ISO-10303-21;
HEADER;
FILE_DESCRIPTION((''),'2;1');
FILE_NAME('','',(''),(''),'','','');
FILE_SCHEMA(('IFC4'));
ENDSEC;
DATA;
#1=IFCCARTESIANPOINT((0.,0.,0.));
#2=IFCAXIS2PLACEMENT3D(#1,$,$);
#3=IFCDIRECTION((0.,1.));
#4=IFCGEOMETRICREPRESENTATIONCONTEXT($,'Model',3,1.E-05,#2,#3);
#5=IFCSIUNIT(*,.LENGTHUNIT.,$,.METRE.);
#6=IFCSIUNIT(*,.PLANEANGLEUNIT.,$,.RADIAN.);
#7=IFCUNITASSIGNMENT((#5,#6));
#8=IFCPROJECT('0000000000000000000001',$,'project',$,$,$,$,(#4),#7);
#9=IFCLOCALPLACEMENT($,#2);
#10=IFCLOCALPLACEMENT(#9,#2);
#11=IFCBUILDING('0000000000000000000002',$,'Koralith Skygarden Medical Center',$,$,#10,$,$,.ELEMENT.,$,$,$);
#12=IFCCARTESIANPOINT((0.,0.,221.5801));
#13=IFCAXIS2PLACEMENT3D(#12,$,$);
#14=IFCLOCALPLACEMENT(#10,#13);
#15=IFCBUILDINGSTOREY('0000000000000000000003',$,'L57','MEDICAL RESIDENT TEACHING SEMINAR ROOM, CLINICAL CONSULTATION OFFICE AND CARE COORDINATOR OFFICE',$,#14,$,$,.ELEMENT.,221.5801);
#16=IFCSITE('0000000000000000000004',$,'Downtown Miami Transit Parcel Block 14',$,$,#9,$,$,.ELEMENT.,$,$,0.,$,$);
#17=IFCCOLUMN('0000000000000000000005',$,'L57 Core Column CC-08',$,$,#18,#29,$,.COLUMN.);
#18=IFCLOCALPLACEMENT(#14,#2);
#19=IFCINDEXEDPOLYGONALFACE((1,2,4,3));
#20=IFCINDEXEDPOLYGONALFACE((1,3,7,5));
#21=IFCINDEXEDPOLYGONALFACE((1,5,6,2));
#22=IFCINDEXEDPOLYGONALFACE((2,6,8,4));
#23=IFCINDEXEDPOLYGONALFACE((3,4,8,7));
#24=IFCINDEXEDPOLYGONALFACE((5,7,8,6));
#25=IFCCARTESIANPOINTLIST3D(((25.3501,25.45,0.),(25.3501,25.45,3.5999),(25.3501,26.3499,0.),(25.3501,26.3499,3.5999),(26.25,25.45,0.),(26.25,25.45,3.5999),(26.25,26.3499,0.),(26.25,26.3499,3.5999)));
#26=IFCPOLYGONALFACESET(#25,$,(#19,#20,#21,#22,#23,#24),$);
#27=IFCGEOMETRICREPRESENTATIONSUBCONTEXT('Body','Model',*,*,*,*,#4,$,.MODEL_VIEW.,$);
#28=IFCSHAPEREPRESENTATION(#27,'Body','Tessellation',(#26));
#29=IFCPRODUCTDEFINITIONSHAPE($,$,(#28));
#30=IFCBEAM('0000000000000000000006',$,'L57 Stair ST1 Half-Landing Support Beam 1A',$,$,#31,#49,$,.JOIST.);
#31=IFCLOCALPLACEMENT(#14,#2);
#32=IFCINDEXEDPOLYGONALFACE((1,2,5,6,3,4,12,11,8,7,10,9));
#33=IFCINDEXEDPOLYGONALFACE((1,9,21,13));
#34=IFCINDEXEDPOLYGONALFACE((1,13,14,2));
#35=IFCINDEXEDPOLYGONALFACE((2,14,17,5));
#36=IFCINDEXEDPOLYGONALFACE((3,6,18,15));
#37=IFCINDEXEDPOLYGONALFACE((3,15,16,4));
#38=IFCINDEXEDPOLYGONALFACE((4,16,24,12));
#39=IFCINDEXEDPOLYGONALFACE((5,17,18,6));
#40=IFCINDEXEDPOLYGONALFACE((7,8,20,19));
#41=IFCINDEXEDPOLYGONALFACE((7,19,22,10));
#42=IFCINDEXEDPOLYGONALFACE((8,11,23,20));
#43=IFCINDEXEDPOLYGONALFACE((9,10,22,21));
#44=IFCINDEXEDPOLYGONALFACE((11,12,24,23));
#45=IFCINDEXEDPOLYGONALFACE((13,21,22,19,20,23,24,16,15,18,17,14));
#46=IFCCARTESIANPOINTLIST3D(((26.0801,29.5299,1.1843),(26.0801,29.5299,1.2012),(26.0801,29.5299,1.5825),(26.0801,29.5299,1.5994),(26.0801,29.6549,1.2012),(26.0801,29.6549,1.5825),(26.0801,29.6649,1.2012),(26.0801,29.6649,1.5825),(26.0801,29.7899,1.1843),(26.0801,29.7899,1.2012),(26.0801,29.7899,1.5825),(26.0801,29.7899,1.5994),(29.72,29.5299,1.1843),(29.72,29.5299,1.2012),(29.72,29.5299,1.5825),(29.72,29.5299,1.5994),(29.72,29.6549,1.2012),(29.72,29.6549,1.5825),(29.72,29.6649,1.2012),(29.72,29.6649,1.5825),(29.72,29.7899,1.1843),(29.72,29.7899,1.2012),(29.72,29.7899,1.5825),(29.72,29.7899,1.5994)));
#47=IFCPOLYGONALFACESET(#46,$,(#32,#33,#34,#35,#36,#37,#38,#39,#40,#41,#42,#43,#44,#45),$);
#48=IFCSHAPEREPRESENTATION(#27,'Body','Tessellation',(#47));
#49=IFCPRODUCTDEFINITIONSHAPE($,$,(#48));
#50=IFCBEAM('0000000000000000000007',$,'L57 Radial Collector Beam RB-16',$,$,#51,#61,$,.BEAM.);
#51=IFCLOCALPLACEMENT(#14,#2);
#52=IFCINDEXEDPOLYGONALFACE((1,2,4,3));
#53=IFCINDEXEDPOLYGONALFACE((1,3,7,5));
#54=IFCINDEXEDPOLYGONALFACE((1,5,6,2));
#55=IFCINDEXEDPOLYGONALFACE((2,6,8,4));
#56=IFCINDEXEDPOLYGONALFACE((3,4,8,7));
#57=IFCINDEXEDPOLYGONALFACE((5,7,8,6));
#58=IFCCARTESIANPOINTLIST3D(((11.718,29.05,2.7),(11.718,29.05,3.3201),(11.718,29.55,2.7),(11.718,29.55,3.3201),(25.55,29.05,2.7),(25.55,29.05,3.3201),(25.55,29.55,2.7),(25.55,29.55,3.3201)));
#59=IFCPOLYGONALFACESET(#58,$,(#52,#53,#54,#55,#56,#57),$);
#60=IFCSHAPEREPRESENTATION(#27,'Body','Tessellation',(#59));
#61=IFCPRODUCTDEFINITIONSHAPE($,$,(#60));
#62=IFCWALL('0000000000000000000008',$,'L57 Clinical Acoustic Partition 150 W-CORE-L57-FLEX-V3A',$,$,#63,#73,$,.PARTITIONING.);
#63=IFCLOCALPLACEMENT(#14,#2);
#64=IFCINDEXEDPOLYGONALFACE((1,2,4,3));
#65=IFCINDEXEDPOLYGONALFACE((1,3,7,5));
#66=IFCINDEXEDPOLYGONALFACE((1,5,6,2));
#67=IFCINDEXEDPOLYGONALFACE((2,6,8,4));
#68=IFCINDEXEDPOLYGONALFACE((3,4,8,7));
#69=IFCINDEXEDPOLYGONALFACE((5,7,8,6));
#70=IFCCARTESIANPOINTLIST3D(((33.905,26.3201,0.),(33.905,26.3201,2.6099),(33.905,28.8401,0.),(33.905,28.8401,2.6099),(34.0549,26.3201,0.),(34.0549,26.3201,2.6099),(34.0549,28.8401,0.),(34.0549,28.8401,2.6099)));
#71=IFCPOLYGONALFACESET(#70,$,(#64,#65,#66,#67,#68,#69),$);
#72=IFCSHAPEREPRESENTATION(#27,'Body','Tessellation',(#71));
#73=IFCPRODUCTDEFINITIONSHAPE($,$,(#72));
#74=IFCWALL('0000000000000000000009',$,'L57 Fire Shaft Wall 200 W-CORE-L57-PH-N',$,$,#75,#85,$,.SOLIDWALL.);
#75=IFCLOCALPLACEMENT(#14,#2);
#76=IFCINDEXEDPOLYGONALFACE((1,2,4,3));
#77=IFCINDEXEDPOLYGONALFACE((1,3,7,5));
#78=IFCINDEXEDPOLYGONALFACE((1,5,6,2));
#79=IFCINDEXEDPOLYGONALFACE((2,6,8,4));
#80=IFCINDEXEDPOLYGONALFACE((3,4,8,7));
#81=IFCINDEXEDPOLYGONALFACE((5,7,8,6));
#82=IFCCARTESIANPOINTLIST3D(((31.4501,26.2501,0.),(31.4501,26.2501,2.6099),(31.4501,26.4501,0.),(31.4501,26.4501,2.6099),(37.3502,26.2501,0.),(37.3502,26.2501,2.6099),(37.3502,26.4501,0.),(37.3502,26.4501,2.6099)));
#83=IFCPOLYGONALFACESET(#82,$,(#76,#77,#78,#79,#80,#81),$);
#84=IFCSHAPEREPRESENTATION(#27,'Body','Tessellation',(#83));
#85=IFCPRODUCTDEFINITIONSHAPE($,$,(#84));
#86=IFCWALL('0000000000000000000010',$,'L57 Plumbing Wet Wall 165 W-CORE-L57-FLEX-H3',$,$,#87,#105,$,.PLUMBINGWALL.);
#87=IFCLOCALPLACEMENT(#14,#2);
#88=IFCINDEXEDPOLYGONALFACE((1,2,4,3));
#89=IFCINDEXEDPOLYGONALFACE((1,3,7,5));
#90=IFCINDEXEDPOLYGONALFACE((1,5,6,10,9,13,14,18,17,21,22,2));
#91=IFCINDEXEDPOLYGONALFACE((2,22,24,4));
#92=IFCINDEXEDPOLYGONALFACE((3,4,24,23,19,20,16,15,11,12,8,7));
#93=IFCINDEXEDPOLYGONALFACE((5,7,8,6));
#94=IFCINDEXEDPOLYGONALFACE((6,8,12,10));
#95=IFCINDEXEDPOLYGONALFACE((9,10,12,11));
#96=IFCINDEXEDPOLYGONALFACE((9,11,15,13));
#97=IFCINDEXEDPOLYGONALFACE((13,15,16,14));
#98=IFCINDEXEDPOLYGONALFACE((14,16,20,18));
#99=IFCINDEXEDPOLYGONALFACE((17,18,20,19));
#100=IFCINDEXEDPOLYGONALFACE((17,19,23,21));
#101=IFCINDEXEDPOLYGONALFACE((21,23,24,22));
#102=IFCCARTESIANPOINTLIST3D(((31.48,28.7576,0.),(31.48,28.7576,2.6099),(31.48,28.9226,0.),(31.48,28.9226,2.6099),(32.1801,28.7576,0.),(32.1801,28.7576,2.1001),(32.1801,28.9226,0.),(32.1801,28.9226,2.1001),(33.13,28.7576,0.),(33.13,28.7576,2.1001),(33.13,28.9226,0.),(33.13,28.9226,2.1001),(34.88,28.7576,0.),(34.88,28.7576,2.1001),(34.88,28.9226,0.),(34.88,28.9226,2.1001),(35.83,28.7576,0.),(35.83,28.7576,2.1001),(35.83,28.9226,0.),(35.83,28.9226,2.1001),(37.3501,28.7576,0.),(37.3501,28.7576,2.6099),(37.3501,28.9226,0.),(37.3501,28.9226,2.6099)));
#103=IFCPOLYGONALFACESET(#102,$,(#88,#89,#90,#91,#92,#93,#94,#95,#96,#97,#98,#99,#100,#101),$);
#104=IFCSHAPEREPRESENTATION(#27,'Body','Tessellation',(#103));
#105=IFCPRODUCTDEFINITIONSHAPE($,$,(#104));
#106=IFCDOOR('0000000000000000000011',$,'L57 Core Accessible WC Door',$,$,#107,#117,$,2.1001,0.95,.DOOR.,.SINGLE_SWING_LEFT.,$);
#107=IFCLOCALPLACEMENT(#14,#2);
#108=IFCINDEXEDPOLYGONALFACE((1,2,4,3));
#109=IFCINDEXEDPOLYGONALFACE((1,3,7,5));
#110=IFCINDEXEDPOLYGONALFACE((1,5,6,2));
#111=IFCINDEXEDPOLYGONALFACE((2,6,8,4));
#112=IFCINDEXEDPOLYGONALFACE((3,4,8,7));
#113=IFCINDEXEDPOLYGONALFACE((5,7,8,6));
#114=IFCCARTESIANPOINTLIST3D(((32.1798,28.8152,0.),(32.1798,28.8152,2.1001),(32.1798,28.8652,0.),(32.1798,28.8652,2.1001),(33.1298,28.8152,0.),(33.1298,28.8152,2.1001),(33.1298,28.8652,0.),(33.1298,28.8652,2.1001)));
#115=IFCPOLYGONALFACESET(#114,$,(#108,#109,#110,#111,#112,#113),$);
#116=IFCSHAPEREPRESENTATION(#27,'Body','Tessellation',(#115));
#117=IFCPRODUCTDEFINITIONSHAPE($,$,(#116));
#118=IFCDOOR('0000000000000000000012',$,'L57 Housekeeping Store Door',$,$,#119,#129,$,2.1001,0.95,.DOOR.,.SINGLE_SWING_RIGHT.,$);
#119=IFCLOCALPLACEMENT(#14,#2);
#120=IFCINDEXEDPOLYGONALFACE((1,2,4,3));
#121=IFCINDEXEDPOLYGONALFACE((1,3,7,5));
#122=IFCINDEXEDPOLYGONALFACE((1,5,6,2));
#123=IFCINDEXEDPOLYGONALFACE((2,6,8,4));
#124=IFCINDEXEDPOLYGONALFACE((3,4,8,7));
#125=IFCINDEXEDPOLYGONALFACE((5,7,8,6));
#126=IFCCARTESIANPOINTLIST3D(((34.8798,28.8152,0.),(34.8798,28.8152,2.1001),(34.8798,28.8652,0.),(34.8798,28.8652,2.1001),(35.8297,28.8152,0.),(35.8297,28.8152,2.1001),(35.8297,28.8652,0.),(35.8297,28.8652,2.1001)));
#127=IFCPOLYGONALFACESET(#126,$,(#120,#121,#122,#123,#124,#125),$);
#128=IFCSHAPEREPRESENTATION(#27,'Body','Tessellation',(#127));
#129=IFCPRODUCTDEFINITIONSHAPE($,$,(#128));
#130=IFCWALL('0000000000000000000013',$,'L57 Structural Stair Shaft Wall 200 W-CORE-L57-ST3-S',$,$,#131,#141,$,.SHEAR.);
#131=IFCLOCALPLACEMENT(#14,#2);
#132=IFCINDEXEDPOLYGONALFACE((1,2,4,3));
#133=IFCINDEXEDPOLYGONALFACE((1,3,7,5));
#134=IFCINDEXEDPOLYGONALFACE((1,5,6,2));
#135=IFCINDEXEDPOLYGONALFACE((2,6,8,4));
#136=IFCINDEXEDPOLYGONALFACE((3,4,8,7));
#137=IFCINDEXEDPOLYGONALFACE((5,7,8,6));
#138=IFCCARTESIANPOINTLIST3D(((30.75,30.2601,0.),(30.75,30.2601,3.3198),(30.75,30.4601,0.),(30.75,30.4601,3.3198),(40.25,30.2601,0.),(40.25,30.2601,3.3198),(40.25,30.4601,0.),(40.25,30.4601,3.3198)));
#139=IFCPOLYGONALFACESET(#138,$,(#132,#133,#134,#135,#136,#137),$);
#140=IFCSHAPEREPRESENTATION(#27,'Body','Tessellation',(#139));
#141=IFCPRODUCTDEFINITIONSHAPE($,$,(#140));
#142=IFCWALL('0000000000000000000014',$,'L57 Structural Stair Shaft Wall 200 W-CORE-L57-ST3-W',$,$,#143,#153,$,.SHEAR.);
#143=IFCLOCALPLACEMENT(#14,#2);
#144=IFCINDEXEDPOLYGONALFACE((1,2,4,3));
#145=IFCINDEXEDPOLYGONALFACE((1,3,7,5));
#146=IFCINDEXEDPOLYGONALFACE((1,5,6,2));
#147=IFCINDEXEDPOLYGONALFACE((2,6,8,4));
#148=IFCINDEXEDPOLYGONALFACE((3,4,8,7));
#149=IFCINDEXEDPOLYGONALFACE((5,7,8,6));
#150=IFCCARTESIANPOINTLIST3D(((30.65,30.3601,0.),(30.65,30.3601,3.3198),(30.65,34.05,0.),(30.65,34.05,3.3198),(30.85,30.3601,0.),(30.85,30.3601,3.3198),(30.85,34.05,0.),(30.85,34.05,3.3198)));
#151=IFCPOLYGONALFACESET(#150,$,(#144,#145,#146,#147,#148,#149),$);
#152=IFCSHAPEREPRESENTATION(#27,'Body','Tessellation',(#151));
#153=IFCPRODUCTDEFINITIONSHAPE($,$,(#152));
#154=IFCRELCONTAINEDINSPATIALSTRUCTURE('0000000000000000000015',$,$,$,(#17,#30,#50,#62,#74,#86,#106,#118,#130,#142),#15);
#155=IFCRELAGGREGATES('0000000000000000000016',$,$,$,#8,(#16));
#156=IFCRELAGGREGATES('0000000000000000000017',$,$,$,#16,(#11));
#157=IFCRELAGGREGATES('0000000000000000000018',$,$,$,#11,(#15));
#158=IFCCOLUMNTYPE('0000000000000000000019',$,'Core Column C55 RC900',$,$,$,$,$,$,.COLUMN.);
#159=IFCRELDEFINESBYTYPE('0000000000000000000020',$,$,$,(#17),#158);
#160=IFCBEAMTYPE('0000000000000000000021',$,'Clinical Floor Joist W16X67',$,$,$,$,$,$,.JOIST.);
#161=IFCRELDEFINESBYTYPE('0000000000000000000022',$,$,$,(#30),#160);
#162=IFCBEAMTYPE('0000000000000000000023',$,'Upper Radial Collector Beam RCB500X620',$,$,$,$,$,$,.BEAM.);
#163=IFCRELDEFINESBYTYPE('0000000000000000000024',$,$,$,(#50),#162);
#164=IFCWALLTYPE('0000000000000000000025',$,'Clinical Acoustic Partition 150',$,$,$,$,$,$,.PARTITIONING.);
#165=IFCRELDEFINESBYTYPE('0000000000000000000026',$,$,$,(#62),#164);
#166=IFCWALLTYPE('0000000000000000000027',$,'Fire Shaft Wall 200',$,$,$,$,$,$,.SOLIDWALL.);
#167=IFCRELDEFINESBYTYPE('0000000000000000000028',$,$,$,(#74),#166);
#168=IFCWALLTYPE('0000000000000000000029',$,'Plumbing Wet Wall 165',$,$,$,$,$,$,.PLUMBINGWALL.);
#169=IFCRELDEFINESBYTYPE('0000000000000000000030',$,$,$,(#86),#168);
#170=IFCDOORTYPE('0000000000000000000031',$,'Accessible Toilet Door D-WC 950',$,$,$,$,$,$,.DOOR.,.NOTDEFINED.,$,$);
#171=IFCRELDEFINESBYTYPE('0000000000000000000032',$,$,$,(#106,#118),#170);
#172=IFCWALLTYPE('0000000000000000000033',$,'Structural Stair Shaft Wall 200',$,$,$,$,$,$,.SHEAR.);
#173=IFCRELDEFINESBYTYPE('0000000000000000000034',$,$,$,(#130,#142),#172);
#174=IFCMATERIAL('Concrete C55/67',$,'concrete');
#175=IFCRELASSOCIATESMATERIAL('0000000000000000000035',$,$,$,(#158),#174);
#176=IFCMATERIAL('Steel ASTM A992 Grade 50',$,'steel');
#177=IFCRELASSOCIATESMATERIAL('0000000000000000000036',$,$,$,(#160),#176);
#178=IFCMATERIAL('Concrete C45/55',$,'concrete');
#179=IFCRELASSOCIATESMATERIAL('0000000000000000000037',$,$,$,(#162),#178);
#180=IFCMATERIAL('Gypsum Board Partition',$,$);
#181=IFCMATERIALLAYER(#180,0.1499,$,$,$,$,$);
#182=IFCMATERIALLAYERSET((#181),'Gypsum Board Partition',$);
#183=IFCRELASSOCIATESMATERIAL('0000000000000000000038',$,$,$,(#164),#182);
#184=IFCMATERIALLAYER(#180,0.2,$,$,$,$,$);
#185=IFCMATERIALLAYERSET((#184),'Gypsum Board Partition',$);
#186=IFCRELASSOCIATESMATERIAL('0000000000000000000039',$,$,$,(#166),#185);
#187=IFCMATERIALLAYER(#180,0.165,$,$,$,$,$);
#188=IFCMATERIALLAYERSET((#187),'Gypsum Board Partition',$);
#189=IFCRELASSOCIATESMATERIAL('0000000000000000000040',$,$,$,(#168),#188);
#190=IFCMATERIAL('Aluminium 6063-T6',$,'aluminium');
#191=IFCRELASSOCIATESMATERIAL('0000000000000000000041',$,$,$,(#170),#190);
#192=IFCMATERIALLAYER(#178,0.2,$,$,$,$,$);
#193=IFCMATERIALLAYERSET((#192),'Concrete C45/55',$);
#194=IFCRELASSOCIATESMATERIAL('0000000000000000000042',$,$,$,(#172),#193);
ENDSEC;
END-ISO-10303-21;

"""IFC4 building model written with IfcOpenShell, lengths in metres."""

from ifc_helpers import new_model, si_unit, direction, frame, frame_2d, origin, origin_2d, place, context, subcontext, project, spatial, rectangle, i_section, extrude, material, layer, layer_set, material_profile, profile_set, type_object, element, fill, save


model = new_model("IFC4")

# Units and contexts
model_context = context("Model", 3, precision=1e-05, world=origin(), true_north=direction((0.0, 1.0)))
body_context = subcontext(model_context, "Body", "Model", "MODEL_VIEW")
ifc_project = project(units=[si_unit("LENGTHUNIT", "METRE"), si_unit("PLANEANGLEUNIT", "RADIAN")], contexts=[model_context])

# Site, building, storey
site_placement = place(None, origin())
site = spatial("IfcSite", under=ifc_project, at=site_placement, Name="Downtown Miami Transit Parcel Block 14", CompositionType="ELEMENT", RefElevation=0.0)
building_placement = place(site_placement, origin())
building = spatial("IfcBuilding", under=site, at=building_placement, Name="Koralith Skygarden Medical Center", CompositionType="ELEMENT")
storey_placement = place(building_placement, frame((0.0, 0.0, 221.5801)))
storey = spatial("IfcBuildingStorey", under=building, at=storey_placement, Name="L57", Description="MEDICAL RESIDENT TEACHING SEMINAR ROOM, CLINICAL CONSULTATION OFFICE AND CARE COORDINATOR OFFICE", CompositionType="ELEMENT", Elevation=221.5801)

# Column
ifc_material_1 = material(Name="Concrete C55/67", Category="concrete")
ifc_material_profile_1 = material_profile(ifc_material_1, rectangle(XDim=0.8999, YDim=0.8999, at=origin_2d()), Name="RC900X900")
ifc_profile_set_1 = profile_set([ifc_material_profile_1], Name="Concrete C55/67")
column_type = type_object("IfcColumnType", Name="Core Column C55 RC900", PredefinedType="COLUMN", material=ifc_profile_set_1)
column_placement = place(storey_placement, frame((25.8, 25.8999, 0.0), z_axis=(0.0, 0.0, 1.0), x_axis=(1.0, 0.0, 0.0)))
element("IfcColumn", 1, at=column_placement, inside=storey, type_object=column_type, Name="L57 Core Column CC-08", PredefinedType="COLUMN", context=body_context, shape_type="SweptSolid", body=[
    extrude(rectangle(XDim=0.8999, YDim=0.8999, at=origin_2d()), origin(), (0.0, 0.0, 1.0), 3.5999),
])

# Beams
ifc_material_2 = material(Name="Steel ASTM A992 Grade 50", Category="steel")
ifc_material_profile_2 = material_profile(ifc_material_2, i_section(OverallWidth=0.26, OverallDepth=0.415, WebThickness=0.01, FlangeThickness=0.0168, at=origin_2d()), Name="W16X67")
ifc_profile_set_2 = profile_set([ifc_material_profile_2], Name="Steel ASTM A992 Grade 50")
beam_type_1 = type_object("IfcBeamType", Name="Clinical Floor Joist W16X67", PredefinedType="JOIST", material=ifc_profile_set_2)
beam_1_placement = place(storey_placement, frame((26.0801, 29.6599, 1.3918), z_axis=(1.0, 0.0, 0.0), x_axis=(0.0, 1.0, 0.0)))
element("IfcBeam", 2, at=beam_1_placement, inside=storey, type_object=beam_type_1, Name="L57 Stair ST1 Half-Landing Support Beam 1A", PredefinedType="JOIST", context=body_context, shape_type="SweptSolid", body=[
    extrude(i_section(OverallWidth=0.26, OverallDepth=0.415, WebThickness=0.01, FlangeThickness=0.0168, at=origin_2d()), origin(), (0.0, 0.0, 1.0), 3.6399),
])
ifc_material_3 = material(Name="Concrete C45/55", Category="concrete")
ifc_material_profile_3 = material_profile(ifc_material_3, rectangle(XDim=0.5, YDim=0.6201, at=origin_2d()), Name="RCB500X620")
ifc_profile_set_3 = profile_set([ifc_material_profile_3], Name="Concrete C45/55")
beam_type_2 = type_object("IfcBeamType", Name="Upper Radial Collector Beam RCB500X620", PredefinedType="BEAM", material=ifc_profile_set_3)
beam_2_placement = place(storey_placement, frame((25.55, 29.3, 3.01), z_axis=(-1.0, 0.0, 0.0), x_axis=(0.0, -1.0, 0.0)))
element("IfcBeam", 3, at=beam_2_placement, inside=storey, type_object=beam_type_2, Name="L57 Radial Collector Beam RB-16", PredefinedType="BEAM", context=body_context, shape_type="SweptSolid", body=[
    extrude(rectangle(XDim=0.5, YDim=0.6201, at=origin_2d()), origin(), (0.0, 0.0, 1.0), 13.832),
])

# Walls
ifc_material_4 = material(Name="Gypsum Board Partition")
ifc_layer_1 = layer(ifc_material_4, 0.1499)
ifc_layer_set_1 = layer_set([ifc_layer_1], Name="Gypsum Board Partition")
wall_type_1 = type_object("IfcWallType", Name="Clinical Acoustic Partition 150", PredefinedType="PARTITIONING", material=ifc_layer_set_1)
wall_1_placement = place(storey_placement, frame((33.98, 26.3201, 0.0), z_axis=(0.0, 0.0, 1.0), x_axis=(0.0, 1.0, 0.0)))
element("IfcWall", 4, at=wall_1_placement, inside=storey, type_object=wall_type_1, Name="L57 Clinical Acoustic Partition 150 W-CORE-L57-FLEX-V3A", PredefinedType="PARTITIONING", context=body_context, shape_type="SweptSolid", body=[
    extrude(rectangle(XDim=2.52, YDim=0.1499, at=frame_2d((1.26, 0.0))), origin(), (0.0, 0.0, 1.0), 2.6099),
])
ifc_layer_2 = layer(ifc_material_4, 0.2)
ifc_layer_set_2 = layer_set([ifc_layer_2], Name="Gypsum Board Partition")
wall_type_2 = type_object("IfcWallType", Name="Fire Shaft Wall 200", PredefinedType="SOLIDWALL", material=ifc_layer_set_2)
wall_2_placement = place(storey_placement, frame((31.45, 26.3501, 0.0), z_axis=(0.0, 0.0, 1.0), x_axis=(1.0, 0.0, 0.0)))
element("IfcWall", 5, at=wall_2_placement, inside=storey, type_object=wall_type_2, Name="L57 Fire Shaft Wall 200 W-CORE-L57-PH-N", PredefinedType="SOLIDWALL", context=body_context, shape_type="SweptSolid", body=[
    extrude(rectangle(XDim=5.9001, YDim=0.2, at=frame_2d((2.9502, 0.0))), origin(), (0.0, 0.0, 1.0), 2.6099),
])

# Shared definitions
ifc_layer_3 = layer(ifc_material_4, 0.165)
ifc_layer_set_3 = layer_set([ifc_layer_3], Name="Gypsum Board Partition")
wall_type_3 = type_object("IfcWallType", Name="Plumbing Wet Wall 165", PredefinedType="PLUMBINGWALL", material=ifc_layer_set_3)
ifc_material_5 = material(Name="Aluminium 6063-T6", Category="aluminium")

# Wall, openings, doors
wall_3_placement = place(storey_placement, frame((31.48, 28.8401, 0.0), z_axis=(0.0, 0.0, 1.0), x_axis=(1.0, 0.0, 0.0)))
wall_3 = element("IfcWall", 6, at=wall_3_placement, inside=storey, type_object=wall_type_3, Name="L57 Plumbing Wet Wall 165 W-CORE-L57-FLEX-H3", PredefinedType="PLUMBINGWALL", context=body_context, shape_type="SweptSolid", body=[
    extrude(rectangle(XDim=5.8701, YDim=0.165, at=frame_2d((2.9351, 0.0))), origin(), (0.0, 0.0, 1.0), 2.6099),
])
opening_1_placement = place(wall_3_placement, frame((0.7, 0.0, 0.0)))
opening_1 = element("IfcOpeningElement", 7, at=opening_1_placement, cuts=wall_3, PredefinedType="OPENING", context=body_context, shape_type="SweptSolid", body=[
    extrude(rectangle(XDim=0.95, YDim=2.1001, at=frame_2d((0.4751, 1.05))), frame((0.0, 0.0925, 0.0), z_axis=(0.0, -1.0, 0.0), x_axis=(1.0, 0.0, 0.0)), (0.0, 0.0, 1.0), 0.1851),
])
opening_2_placement = place(wall_3_placement, frame((3.3999, 0.0, 0.0)))
opening_2 = element("IfcOpeningElement", 8, at=opening_2_placement, cuts=wall_3, PredefinedType="OPENING", context=body_context, shape_type="SweptSolid", body=[
    extrude(rectangle(XDim=0.95, YDim=2.1001, at=frame_2d((0.4751, 1.05))), frame((0.0, 0.0925, 0.0), z_axis=(0.0, -1.0, 0.0), x_axis=(1.0, 0.0, 0.0)), (0.0, 0.0, 1.0), 0.1851),
])
door_type_1 = type_object("IfcDoorType", Name="Accessible Toilet Door D-WC 950", OperationType="NOTDEFINED", PredefinedType="DOOR", material=ifc_material_5)
door_1_placement = place(opening_1_placement, frame((0.95, 0.0, 0.0), z_axis=(0.0, 0.0, 1.0), x_axis=(-1.0, 0.0, 0.0)))
door_1 = element("IfcDoor", 9, at=door_1_placement, inside=storey, type_object=door_type_1, Name="L57 Core Accessible WC Door", OperationType="SINGLE_SWING_LEFT", OverallHeight=2.1001, OverallWidth=0.95, PredefinedType="DOOR", context=body_context, shape_type="SweptSolid", body=[
    extrude(rectangle(XDim=0.95, YDim=2.1001, at=frame_2d((0.4751, 1.05))), frame((0.0, 0.0249, 0.0), z_axis=(0.0, -1.0, 0.0), x_axis=(1.0, 0.0, 0.0)), (0.0, 0.0, 1.0), 0.05),
])
fill(opening_1, door_1)
door_2_placement = place(opening_2_placement, frame((0.95, 0.0, 0.0), z_axis=(0.0, 0.0, 1.0), x_axis=(-1.0, 0.0, 0.0)))
door_2 = element("IfcDoor", 10, at=door_2_placement, inside=storey, type_object=door_type_1, Name="L57 Housekeeping Store Door", OperationType="SINGLE_SWING_RIGHT", OverallHeight=2.1001, OverallWidth=0.95, PredefinedType="DOOR", context=body_context, shape_type="SweptSolid", body=[
    extrude(rectangle(XDim=0.95, YDim=2.1001, at=frame_2d((0.4751, 1.05))), frame((0.0, 0.0249, 0.0), z_axis=(0.0, -1.0, 0.0), x_axis=(1.0, 0.0, 0.0)), (0.0, 0.0, 1.0), 0.05),
])
fill(opening_2, door_2)

# Walls
ifc_layer_4 = layer(ifc_material_3, 0.2)
ifc_layer_set_4 = layer_set([ifc_layer_4], Name="Concrete C45/55")
wall_type_4 = type_object("IfcWallType", Name="Structural Stair Shaft Wall 200", PredefinedType="SHEAR", material=ifc_layer_set_4)
wall_4_placement = place(storey_placement, frame((30.75, 30.3601, 0.0), z_axis=(0.0, 0.0, 1.0), x_axis=(1.0, 0.0, 0.0)))
element("IfcWall", 11, at=wall_4_placement, inside=storey, type_object=wall_type_4, Name="L57 Structural Stair Shaft Wall 200 W-CORE-L57-ST3-S", PredefinedType="SHEAR", context=body_context, shape_type="SweptSolid", body=[
    extrude(rectangle(XDim=9.5, YDim=0.2, at=frame_2d((4.75, 0.0))), origin(), (0.0, 0.0, 1.0), 3.3198),
])
wall_5_placement = place(storey_placement, frame((30.75, 30.3601, 0.0), z_axis=(0.0, 0.0, 1.0), x_axis=(0.0, 1.0, 0.0)))
element("IfcWall", 12, at=wall_5_placement, inside=storey, type_object=wall_type_4, Name="L57 Structural Stair Shaft Wall 200 W-CORE-L57-ST3-W", PredefinedType="SHEAR", context=body_context, shape_type="SweptSolid", body=[
    extrude(rectangle(XDim=3.6899, YDim=0.2, at=frame_2d((1.845, 0.0))), origin(), (0.0, 0.0, 1.0), 3.3198),
])

save(model, "model.ifc")
